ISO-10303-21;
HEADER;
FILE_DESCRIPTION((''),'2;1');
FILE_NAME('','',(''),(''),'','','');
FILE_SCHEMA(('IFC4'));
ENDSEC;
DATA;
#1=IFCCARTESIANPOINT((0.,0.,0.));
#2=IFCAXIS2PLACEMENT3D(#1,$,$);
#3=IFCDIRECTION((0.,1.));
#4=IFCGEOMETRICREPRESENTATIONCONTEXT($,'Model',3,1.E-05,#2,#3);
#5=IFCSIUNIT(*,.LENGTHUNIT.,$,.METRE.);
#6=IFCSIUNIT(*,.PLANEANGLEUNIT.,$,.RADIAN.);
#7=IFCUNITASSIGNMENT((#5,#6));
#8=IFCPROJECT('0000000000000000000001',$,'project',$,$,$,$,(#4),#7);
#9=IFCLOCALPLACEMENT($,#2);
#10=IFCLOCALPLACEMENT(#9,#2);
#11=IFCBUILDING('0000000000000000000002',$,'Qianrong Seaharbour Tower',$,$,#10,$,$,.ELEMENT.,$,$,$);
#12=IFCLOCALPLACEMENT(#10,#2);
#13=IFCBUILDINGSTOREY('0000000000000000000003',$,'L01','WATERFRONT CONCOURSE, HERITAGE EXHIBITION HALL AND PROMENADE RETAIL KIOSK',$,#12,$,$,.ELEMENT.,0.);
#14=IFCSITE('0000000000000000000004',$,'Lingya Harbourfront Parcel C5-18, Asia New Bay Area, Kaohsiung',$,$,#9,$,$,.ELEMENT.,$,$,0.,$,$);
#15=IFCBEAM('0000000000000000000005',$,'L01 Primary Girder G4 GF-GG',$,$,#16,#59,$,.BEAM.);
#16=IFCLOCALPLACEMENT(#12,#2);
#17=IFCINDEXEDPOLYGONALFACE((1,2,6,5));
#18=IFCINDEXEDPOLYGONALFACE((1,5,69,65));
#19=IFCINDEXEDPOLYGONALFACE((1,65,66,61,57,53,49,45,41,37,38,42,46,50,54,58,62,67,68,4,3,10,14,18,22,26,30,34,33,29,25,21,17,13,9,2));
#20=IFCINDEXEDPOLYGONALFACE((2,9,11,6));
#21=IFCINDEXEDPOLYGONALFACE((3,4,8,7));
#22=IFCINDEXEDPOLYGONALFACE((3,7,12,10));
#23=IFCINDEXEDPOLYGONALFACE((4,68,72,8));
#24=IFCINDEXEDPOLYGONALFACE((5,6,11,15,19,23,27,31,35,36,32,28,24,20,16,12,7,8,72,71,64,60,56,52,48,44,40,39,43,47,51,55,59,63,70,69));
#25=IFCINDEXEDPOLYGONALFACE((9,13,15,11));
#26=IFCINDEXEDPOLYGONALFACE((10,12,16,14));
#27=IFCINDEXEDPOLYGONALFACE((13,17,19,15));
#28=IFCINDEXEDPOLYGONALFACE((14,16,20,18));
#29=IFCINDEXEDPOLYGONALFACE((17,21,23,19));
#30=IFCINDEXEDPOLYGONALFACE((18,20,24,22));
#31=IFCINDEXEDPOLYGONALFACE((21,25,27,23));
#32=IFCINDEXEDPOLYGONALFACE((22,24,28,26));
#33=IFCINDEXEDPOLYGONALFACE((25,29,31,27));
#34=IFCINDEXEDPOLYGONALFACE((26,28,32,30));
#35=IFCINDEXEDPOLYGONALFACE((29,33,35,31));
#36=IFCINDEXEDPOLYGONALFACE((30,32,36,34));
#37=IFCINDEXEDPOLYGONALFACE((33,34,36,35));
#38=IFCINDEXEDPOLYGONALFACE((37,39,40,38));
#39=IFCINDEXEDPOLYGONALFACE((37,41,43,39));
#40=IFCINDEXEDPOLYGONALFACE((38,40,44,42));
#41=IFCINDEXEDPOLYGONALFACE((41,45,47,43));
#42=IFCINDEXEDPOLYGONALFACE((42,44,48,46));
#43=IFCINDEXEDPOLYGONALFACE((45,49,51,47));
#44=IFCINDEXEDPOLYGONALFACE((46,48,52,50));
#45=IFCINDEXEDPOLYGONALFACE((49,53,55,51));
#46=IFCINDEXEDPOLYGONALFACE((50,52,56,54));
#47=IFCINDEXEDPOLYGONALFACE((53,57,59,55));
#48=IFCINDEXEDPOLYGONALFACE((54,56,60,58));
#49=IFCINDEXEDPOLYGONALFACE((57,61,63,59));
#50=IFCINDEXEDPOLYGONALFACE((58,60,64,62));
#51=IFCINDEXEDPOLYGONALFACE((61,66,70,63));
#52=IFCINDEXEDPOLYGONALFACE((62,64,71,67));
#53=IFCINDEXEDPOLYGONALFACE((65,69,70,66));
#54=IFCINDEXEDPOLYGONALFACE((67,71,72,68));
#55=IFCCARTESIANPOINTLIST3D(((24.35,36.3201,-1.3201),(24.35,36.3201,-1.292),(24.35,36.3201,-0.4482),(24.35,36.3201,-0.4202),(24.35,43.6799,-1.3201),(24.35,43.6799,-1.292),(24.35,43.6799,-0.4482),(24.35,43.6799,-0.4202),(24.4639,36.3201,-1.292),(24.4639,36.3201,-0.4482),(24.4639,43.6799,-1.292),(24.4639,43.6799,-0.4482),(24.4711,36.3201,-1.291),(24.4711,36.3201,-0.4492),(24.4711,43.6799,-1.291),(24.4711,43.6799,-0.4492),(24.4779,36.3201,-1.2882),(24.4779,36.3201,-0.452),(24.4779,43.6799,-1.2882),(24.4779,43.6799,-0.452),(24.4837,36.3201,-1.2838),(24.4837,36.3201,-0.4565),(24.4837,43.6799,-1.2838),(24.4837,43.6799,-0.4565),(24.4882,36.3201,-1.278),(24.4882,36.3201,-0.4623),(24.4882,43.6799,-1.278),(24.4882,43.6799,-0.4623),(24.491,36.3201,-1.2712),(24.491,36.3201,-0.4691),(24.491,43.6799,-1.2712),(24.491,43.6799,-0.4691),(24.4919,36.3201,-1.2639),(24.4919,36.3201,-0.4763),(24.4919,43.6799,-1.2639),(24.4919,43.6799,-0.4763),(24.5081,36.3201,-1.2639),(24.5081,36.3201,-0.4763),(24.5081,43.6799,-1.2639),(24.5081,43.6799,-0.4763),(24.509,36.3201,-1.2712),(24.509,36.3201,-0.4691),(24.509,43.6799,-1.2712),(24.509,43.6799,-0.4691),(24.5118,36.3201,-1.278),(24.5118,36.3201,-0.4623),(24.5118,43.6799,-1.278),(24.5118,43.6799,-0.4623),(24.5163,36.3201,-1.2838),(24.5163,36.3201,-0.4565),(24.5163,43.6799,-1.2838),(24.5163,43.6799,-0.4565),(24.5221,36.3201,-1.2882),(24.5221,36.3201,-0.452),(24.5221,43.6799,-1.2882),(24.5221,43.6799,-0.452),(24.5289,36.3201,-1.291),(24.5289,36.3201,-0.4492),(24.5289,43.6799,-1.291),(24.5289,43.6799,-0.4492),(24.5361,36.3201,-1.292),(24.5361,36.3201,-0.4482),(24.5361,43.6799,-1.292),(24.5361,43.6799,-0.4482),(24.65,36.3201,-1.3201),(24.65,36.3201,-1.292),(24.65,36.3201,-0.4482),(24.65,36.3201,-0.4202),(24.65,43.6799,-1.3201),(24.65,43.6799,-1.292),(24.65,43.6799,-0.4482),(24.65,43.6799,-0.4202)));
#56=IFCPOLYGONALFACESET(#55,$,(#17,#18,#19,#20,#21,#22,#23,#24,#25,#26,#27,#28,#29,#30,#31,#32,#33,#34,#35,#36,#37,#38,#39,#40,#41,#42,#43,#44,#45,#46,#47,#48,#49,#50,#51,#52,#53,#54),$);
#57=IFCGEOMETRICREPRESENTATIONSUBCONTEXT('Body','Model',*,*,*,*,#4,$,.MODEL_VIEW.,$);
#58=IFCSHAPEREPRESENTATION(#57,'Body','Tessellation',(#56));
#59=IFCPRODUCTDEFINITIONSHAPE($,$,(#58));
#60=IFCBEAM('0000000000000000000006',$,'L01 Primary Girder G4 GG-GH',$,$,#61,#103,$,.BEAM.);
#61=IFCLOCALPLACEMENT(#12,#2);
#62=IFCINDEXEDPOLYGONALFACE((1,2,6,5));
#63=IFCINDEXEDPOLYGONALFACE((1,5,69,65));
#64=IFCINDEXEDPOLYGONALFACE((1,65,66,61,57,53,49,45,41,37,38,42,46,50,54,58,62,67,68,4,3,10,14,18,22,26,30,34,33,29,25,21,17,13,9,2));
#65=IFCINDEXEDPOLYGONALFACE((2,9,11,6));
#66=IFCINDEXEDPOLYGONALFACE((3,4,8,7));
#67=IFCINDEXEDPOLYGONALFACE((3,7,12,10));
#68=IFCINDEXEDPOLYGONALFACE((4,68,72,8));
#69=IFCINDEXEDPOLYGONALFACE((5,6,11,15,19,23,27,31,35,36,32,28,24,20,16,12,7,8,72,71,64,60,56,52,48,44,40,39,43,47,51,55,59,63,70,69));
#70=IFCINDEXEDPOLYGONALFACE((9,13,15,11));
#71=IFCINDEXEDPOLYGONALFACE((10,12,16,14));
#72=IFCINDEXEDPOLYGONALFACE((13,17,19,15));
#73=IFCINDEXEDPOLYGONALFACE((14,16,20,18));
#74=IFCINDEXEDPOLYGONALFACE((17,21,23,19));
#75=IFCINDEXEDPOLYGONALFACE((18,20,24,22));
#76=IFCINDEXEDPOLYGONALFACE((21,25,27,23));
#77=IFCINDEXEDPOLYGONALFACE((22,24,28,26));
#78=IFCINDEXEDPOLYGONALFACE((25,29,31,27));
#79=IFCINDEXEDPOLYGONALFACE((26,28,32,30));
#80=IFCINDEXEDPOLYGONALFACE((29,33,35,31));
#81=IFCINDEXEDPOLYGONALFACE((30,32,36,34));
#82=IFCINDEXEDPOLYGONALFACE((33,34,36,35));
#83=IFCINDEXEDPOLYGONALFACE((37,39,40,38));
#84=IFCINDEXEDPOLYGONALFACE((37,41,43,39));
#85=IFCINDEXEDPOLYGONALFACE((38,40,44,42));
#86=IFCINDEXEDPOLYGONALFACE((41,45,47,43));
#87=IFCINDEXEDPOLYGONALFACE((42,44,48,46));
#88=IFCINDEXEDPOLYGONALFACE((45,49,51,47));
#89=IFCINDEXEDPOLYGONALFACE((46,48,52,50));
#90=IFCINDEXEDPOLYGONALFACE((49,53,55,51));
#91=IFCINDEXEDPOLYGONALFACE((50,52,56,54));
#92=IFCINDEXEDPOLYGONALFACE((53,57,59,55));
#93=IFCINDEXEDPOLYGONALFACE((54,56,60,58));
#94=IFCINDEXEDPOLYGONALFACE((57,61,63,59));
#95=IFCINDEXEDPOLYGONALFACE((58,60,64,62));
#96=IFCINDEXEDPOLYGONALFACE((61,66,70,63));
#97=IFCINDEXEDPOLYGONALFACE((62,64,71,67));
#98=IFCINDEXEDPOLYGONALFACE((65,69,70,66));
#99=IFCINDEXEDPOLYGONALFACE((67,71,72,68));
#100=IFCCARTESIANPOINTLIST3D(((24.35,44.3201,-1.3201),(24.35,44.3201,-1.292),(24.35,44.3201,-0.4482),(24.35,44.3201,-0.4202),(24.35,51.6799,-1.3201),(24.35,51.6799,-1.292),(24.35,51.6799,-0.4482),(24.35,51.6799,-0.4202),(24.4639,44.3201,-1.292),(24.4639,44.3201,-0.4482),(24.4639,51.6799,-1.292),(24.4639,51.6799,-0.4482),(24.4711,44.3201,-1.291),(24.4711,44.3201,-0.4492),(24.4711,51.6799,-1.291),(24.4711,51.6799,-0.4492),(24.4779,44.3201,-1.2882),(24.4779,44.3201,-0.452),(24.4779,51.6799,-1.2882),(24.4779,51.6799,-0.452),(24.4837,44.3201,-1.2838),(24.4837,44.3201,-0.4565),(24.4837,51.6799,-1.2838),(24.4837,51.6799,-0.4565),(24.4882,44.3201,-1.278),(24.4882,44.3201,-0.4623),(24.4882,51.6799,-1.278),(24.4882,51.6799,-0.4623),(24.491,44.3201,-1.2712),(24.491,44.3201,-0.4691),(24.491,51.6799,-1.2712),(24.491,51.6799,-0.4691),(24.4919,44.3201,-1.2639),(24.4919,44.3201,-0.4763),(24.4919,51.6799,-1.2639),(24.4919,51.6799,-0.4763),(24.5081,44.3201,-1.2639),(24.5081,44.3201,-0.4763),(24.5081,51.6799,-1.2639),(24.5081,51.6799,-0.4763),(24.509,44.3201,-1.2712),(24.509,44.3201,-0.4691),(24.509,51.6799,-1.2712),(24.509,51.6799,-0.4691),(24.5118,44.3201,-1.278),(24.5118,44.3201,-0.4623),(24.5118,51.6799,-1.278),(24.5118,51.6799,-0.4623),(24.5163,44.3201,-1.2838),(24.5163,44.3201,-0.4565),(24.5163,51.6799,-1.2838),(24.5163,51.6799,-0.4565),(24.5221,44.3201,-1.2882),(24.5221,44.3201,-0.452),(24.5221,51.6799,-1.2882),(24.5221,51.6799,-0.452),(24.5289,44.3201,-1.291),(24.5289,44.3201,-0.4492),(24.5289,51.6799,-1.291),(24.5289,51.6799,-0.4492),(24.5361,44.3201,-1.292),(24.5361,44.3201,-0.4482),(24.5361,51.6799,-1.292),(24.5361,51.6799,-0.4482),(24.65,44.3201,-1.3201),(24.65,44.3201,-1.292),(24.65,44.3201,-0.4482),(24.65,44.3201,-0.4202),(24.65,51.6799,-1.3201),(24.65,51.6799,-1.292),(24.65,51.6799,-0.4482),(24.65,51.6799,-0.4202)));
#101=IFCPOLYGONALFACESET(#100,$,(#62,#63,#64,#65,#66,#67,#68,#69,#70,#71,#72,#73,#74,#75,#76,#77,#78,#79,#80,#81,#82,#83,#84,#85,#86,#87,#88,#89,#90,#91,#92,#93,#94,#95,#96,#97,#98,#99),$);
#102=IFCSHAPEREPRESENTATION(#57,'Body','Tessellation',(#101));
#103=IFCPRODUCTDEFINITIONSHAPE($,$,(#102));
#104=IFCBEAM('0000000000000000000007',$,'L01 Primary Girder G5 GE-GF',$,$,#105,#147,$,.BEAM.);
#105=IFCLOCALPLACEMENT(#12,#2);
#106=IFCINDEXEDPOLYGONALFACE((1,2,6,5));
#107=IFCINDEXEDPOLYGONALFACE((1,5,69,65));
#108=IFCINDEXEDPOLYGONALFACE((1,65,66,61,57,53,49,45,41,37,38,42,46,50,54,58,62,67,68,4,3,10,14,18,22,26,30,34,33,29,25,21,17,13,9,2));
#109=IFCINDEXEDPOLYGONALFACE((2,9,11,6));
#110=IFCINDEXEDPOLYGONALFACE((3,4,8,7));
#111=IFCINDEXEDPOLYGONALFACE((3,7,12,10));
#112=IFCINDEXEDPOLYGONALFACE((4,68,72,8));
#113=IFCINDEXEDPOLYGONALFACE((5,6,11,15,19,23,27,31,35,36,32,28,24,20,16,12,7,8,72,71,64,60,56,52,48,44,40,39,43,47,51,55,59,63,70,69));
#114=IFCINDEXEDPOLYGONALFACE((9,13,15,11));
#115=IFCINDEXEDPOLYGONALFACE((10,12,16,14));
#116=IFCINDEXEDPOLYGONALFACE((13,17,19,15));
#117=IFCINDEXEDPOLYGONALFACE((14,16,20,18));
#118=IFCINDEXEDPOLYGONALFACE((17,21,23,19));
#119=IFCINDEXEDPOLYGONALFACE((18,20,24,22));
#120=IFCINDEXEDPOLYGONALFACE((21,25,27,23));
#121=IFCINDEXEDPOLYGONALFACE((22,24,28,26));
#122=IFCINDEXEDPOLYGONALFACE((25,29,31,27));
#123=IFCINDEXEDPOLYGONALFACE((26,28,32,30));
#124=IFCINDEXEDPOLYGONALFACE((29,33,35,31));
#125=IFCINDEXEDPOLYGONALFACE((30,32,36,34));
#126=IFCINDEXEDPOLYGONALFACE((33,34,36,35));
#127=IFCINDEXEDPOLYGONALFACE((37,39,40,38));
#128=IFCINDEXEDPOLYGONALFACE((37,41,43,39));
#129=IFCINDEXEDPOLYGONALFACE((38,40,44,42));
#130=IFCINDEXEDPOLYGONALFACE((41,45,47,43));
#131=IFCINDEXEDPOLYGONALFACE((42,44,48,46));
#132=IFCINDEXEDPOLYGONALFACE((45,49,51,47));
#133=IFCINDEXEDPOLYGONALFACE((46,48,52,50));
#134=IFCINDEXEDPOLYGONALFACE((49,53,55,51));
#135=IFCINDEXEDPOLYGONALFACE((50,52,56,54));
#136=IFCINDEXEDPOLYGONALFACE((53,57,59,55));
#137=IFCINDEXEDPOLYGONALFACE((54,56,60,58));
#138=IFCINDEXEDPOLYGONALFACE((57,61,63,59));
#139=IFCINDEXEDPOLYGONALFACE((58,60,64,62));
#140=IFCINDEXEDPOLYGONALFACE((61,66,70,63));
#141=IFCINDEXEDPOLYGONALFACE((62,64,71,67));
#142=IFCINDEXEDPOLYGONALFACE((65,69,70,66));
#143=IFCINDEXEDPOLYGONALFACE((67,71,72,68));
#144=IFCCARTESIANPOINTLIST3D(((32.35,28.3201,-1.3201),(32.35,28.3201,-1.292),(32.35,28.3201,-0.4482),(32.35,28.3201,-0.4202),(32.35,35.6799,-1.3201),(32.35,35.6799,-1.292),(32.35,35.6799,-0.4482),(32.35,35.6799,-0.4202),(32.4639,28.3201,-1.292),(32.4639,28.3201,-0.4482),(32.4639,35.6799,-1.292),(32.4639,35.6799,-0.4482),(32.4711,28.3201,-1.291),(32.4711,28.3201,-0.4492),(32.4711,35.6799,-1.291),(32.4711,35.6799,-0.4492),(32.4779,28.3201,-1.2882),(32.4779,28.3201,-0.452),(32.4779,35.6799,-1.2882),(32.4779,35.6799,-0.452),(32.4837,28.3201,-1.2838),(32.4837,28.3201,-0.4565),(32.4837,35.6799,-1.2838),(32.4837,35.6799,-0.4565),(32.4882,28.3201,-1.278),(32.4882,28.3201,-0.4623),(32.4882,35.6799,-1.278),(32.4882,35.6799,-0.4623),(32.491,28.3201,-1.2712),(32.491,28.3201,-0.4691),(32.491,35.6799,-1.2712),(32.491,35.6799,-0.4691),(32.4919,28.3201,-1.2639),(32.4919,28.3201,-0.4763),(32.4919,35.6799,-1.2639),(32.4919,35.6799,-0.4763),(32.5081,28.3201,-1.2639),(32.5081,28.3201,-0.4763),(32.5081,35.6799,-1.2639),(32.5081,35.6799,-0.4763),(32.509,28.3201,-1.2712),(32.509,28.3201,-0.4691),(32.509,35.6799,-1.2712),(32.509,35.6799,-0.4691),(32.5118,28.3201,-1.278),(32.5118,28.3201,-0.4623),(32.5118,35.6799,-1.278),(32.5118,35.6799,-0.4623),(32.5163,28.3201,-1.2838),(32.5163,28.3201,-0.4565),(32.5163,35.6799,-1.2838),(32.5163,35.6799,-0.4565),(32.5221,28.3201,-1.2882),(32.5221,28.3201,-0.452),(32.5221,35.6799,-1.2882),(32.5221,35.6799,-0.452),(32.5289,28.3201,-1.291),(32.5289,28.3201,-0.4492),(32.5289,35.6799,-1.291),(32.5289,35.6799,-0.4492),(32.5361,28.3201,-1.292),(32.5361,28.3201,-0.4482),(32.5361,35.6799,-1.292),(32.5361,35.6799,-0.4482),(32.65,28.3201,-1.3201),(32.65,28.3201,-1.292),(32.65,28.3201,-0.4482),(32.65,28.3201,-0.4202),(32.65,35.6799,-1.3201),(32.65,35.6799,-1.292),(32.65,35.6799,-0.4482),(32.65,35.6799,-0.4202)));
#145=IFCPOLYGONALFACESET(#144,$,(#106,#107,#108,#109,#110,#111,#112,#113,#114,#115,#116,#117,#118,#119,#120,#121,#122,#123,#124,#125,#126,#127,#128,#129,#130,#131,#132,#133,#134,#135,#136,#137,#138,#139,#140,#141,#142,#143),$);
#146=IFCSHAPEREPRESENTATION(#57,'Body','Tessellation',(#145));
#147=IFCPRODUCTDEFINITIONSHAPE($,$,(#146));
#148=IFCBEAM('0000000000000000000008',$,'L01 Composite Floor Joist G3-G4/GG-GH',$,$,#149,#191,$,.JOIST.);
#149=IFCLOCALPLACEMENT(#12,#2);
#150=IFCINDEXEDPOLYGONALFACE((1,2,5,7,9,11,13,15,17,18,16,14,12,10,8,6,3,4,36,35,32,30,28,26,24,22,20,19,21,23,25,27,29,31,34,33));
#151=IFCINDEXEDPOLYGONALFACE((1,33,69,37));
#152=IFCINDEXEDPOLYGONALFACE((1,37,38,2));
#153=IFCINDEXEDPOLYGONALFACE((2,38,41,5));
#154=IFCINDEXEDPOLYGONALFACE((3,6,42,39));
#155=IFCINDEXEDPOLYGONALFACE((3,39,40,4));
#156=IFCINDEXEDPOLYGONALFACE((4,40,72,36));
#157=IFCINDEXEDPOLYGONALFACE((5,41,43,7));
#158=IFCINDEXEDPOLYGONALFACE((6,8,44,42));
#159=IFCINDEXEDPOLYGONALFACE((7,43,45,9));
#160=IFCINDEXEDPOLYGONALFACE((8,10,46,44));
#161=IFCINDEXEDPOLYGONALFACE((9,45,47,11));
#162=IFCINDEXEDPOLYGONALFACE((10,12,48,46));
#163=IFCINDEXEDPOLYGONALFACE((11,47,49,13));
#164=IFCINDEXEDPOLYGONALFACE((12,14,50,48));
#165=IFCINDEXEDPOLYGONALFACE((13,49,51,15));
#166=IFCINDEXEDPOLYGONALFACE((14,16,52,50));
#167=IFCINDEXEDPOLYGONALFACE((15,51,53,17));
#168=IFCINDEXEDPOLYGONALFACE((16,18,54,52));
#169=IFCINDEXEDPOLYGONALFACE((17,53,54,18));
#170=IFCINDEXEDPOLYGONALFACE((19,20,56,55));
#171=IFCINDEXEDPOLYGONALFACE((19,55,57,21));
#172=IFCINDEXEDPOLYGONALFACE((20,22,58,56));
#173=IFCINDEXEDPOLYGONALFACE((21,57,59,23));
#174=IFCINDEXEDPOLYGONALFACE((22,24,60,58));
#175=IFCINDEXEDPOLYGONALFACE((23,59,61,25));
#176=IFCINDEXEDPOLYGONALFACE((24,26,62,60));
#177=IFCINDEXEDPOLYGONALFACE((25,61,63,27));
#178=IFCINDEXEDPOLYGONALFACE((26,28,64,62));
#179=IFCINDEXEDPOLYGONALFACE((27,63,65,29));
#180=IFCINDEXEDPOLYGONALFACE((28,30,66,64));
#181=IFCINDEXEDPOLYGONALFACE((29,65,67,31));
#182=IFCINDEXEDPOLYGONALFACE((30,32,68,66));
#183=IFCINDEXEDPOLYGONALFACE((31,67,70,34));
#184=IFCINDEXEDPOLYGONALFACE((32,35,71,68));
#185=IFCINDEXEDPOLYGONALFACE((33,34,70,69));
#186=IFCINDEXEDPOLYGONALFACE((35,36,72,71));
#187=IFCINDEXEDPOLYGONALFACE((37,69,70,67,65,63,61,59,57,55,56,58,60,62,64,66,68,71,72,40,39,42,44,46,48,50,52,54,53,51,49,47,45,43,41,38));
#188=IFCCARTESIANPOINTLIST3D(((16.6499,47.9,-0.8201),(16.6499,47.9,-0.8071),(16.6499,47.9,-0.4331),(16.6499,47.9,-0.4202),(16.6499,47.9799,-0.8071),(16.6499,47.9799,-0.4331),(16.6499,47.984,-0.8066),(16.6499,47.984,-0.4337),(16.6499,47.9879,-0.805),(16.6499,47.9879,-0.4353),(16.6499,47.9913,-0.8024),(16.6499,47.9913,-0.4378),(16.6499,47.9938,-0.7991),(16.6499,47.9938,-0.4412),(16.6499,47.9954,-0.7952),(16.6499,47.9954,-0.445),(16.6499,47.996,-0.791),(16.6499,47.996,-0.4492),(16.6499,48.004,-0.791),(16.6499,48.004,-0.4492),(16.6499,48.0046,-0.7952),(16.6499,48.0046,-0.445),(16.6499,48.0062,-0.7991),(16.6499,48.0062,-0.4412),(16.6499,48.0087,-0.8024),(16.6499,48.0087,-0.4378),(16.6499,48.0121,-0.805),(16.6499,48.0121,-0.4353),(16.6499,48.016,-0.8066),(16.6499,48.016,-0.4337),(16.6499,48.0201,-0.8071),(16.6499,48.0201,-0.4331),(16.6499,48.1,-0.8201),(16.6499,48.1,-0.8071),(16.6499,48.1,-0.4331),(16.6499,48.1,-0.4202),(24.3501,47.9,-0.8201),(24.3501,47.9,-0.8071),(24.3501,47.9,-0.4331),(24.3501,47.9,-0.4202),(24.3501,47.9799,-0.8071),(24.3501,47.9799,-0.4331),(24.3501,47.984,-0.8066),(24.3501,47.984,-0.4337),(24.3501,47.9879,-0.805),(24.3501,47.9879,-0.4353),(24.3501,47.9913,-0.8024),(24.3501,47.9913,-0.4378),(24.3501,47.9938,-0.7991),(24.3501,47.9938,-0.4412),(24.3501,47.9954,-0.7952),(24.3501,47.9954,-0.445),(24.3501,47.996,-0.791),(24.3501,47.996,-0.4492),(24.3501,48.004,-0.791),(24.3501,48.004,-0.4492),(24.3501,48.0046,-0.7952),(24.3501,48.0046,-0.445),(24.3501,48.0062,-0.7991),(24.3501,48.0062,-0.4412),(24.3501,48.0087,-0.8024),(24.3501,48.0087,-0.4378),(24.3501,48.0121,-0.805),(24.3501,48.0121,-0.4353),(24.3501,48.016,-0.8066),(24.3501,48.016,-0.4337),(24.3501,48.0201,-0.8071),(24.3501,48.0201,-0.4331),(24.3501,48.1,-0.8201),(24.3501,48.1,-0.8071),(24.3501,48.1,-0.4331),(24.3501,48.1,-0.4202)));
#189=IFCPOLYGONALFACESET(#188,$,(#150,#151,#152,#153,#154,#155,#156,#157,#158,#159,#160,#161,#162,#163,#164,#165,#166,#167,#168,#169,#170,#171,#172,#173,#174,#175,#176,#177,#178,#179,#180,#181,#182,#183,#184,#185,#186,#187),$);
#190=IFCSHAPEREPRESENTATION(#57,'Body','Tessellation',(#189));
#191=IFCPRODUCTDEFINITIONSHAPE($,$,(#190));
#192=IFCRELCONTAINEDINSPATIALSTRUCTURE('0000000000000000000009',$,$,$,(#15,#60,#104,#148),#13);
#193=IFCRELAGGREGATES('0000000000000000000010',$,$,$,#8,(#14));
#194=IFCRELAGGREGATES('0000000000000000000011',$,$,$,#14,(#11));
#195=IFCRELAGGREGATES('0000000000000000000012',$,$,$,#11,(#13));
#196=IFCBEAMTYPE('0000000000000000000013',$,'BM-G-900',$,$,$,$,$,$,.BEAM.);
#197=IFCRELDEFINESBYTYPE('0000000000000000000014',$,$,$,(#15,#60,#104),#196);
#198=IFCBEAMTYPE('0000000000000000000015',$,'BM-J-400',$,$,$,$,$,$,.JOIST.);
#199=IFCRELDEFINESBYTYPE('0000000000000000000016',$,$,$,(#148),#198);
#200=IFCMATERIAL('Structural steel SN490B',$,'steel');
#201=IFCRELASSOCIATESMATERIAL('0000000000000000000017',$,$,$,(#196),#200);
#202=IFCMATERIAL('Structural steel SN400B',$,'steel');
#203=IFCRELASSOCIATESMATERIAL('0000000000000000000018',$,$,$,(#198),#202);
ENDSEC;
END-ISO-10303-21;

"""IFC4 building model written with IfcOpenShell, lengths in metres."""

from ifc_helpers import new_model, si_unit, direction, frame, origin, origin_2d, place, context, subcontext, project, spatial, i_section, extrude, material, material_profile, profile_set, type_object, element, save


model = new_model("IFC4")

# Units and contexts
model_context = context("Model", 3, precision=1e-05, world=origin(), true_north=direction((0.0, 1.0)))
body_context = subcontext(model_context, "Body", "Model", "MODEL_VIEW")
ifc_project = project(units=[si_unit("LENGTHUNIT", "METRE"), si_unit("PLANEANGLEUNIT", "RADIAN")], contexts=[model_context])

# Site, building, storey
site_placement = place(None, origin())
site = spatial("IfcSite", under=ifc_project, at=site_placement, Name="Lingya Harbourfront Parcel C5-18, Asia New Bay Area, Kaohsiung", CompositionType="ELEMENT", RefElevation=0.0)
building_placement = place(site_placement, origin())
building = spatial("IfcBuilding", under=site, at=building_placement, Name="Qianrong Seaharbour Tower", CompositionType="ELEMENT")
storey_placement = place(building_placement, origin())
storey = spatial("IfcBuildingStorey", under=building, at=storey_placement, Name="L01", Description="WATERFRONT CONCOURSE, HERITAGE EXHIBITION HALL AND PROMENADE RETAIL KIOSK", CompositionType="ELEMENT", Elevation=0.0)

# Shared definitions
ifc_material_1 = material(Name="Structural steel SN490B", Category="steel")

# Beams
ifc_material_profile_1 = material_profile(ifc_material_1, i_section(OverallWidth=0.3, OverallDepth=0.8999, WebThickness=0.0161, FlangeThickness=0.0281, FilletRadius=0.0281, at=origin_2d()), Name="H900x300x16x28")
ifc_profile_set_1 = profile_set([ifc_material_profile_1], Name="Structural steel SN490B")
beam_type_1 = type_object("IfcBeamType", Name="BM-G-900", PredefinedType="BEAM", material=ifc_profile_set_1)
for number, where, z_axis, x_axis, name in (
    (1, (24.5, 36.3201, -0.8701), (0.0, 1.0, 0.0), (-1.0, 0.0, 0.0), "L01 Primary Girder G4 GF-GG"),
    (2, (24.5, 44.3201, -0.8701), (0.0, 1.0, 0.0), (-1.0, 0.0, 0.0), "L01 Primary Girder G4 GG-GH"),
    (3, (32.5, 28.3201, -0.8701), (0.0, 1.0, 0.0), (-1.0, 0.0, 0.0), "L01 Primary Girder G5 GE-GF"),
):
    element("IfcBeam", number, at=place(storey_placement, frame(where, z_axis=z_axis, x_axis=x_axis)), inside=storey, type_object=beam_type_1, Name=name, PredefinedType="BEAM", context=body_context, shape_type="SweptSolid", body=[
        extrude(i_section(OverallWidth=0.3, OverallDepth=0.8999, WebThickness=0.0161, FlangeThickness=0.0281, FilletRadius=0.0281, at=origin_2d()), origin(), (0.0, 0.0, 1.0), 7.3599),
    ])
ifc_material_2 = material(Name="Structural steel SN400B", Category="steel")
ifc_material_profile_2 = material_profile(ifc_material_2, i_section(OverallWidth=0.2, OverallDepth=0.3999, WebThickness=0.0081, FlangeThickness=0.0129, FilletRadius=0.0161, at=origin_2d()), Name="H400x200x8x13")
ifc_profile_set_2 = profile_set([ifc_material_profile_2], Name="Structural steel SN400B")
beam_type_2 = type_object("IfcBeamType", Name="BM-J-400", PredefinedType="JOIST", material=ifc_profile_set_2)
for number, where, z_axis, x_axis, name in (
    (4, (16.6499, 48.0, -0.6201), (1.0, 0.0, 0.0), (0.0, 1.0, 0.0), "L01 Composite Floor Joist G3-G4/GG-GH"),
):
    element("IfcBeam", number, at=place(storey_placement, frame(where, z_axis=z_axis, x_axis=x_axis)), inside=storey, type_object=beam_type_2, Name=name, PredefinedType="JOIST", context=body_context, shape_type="SweptSolid", body=[
        extrude(i_section(OverallWidth=0.2, OverallDepth=0.3999, WebThickness=0.0081, FlangeThickness=0.0129, FilletRadius=0.0161, at=origin_2d()), origin(), (0.0, 0.0, 1.0), 7.7002),
    ])

save(model, "model.ifc")
